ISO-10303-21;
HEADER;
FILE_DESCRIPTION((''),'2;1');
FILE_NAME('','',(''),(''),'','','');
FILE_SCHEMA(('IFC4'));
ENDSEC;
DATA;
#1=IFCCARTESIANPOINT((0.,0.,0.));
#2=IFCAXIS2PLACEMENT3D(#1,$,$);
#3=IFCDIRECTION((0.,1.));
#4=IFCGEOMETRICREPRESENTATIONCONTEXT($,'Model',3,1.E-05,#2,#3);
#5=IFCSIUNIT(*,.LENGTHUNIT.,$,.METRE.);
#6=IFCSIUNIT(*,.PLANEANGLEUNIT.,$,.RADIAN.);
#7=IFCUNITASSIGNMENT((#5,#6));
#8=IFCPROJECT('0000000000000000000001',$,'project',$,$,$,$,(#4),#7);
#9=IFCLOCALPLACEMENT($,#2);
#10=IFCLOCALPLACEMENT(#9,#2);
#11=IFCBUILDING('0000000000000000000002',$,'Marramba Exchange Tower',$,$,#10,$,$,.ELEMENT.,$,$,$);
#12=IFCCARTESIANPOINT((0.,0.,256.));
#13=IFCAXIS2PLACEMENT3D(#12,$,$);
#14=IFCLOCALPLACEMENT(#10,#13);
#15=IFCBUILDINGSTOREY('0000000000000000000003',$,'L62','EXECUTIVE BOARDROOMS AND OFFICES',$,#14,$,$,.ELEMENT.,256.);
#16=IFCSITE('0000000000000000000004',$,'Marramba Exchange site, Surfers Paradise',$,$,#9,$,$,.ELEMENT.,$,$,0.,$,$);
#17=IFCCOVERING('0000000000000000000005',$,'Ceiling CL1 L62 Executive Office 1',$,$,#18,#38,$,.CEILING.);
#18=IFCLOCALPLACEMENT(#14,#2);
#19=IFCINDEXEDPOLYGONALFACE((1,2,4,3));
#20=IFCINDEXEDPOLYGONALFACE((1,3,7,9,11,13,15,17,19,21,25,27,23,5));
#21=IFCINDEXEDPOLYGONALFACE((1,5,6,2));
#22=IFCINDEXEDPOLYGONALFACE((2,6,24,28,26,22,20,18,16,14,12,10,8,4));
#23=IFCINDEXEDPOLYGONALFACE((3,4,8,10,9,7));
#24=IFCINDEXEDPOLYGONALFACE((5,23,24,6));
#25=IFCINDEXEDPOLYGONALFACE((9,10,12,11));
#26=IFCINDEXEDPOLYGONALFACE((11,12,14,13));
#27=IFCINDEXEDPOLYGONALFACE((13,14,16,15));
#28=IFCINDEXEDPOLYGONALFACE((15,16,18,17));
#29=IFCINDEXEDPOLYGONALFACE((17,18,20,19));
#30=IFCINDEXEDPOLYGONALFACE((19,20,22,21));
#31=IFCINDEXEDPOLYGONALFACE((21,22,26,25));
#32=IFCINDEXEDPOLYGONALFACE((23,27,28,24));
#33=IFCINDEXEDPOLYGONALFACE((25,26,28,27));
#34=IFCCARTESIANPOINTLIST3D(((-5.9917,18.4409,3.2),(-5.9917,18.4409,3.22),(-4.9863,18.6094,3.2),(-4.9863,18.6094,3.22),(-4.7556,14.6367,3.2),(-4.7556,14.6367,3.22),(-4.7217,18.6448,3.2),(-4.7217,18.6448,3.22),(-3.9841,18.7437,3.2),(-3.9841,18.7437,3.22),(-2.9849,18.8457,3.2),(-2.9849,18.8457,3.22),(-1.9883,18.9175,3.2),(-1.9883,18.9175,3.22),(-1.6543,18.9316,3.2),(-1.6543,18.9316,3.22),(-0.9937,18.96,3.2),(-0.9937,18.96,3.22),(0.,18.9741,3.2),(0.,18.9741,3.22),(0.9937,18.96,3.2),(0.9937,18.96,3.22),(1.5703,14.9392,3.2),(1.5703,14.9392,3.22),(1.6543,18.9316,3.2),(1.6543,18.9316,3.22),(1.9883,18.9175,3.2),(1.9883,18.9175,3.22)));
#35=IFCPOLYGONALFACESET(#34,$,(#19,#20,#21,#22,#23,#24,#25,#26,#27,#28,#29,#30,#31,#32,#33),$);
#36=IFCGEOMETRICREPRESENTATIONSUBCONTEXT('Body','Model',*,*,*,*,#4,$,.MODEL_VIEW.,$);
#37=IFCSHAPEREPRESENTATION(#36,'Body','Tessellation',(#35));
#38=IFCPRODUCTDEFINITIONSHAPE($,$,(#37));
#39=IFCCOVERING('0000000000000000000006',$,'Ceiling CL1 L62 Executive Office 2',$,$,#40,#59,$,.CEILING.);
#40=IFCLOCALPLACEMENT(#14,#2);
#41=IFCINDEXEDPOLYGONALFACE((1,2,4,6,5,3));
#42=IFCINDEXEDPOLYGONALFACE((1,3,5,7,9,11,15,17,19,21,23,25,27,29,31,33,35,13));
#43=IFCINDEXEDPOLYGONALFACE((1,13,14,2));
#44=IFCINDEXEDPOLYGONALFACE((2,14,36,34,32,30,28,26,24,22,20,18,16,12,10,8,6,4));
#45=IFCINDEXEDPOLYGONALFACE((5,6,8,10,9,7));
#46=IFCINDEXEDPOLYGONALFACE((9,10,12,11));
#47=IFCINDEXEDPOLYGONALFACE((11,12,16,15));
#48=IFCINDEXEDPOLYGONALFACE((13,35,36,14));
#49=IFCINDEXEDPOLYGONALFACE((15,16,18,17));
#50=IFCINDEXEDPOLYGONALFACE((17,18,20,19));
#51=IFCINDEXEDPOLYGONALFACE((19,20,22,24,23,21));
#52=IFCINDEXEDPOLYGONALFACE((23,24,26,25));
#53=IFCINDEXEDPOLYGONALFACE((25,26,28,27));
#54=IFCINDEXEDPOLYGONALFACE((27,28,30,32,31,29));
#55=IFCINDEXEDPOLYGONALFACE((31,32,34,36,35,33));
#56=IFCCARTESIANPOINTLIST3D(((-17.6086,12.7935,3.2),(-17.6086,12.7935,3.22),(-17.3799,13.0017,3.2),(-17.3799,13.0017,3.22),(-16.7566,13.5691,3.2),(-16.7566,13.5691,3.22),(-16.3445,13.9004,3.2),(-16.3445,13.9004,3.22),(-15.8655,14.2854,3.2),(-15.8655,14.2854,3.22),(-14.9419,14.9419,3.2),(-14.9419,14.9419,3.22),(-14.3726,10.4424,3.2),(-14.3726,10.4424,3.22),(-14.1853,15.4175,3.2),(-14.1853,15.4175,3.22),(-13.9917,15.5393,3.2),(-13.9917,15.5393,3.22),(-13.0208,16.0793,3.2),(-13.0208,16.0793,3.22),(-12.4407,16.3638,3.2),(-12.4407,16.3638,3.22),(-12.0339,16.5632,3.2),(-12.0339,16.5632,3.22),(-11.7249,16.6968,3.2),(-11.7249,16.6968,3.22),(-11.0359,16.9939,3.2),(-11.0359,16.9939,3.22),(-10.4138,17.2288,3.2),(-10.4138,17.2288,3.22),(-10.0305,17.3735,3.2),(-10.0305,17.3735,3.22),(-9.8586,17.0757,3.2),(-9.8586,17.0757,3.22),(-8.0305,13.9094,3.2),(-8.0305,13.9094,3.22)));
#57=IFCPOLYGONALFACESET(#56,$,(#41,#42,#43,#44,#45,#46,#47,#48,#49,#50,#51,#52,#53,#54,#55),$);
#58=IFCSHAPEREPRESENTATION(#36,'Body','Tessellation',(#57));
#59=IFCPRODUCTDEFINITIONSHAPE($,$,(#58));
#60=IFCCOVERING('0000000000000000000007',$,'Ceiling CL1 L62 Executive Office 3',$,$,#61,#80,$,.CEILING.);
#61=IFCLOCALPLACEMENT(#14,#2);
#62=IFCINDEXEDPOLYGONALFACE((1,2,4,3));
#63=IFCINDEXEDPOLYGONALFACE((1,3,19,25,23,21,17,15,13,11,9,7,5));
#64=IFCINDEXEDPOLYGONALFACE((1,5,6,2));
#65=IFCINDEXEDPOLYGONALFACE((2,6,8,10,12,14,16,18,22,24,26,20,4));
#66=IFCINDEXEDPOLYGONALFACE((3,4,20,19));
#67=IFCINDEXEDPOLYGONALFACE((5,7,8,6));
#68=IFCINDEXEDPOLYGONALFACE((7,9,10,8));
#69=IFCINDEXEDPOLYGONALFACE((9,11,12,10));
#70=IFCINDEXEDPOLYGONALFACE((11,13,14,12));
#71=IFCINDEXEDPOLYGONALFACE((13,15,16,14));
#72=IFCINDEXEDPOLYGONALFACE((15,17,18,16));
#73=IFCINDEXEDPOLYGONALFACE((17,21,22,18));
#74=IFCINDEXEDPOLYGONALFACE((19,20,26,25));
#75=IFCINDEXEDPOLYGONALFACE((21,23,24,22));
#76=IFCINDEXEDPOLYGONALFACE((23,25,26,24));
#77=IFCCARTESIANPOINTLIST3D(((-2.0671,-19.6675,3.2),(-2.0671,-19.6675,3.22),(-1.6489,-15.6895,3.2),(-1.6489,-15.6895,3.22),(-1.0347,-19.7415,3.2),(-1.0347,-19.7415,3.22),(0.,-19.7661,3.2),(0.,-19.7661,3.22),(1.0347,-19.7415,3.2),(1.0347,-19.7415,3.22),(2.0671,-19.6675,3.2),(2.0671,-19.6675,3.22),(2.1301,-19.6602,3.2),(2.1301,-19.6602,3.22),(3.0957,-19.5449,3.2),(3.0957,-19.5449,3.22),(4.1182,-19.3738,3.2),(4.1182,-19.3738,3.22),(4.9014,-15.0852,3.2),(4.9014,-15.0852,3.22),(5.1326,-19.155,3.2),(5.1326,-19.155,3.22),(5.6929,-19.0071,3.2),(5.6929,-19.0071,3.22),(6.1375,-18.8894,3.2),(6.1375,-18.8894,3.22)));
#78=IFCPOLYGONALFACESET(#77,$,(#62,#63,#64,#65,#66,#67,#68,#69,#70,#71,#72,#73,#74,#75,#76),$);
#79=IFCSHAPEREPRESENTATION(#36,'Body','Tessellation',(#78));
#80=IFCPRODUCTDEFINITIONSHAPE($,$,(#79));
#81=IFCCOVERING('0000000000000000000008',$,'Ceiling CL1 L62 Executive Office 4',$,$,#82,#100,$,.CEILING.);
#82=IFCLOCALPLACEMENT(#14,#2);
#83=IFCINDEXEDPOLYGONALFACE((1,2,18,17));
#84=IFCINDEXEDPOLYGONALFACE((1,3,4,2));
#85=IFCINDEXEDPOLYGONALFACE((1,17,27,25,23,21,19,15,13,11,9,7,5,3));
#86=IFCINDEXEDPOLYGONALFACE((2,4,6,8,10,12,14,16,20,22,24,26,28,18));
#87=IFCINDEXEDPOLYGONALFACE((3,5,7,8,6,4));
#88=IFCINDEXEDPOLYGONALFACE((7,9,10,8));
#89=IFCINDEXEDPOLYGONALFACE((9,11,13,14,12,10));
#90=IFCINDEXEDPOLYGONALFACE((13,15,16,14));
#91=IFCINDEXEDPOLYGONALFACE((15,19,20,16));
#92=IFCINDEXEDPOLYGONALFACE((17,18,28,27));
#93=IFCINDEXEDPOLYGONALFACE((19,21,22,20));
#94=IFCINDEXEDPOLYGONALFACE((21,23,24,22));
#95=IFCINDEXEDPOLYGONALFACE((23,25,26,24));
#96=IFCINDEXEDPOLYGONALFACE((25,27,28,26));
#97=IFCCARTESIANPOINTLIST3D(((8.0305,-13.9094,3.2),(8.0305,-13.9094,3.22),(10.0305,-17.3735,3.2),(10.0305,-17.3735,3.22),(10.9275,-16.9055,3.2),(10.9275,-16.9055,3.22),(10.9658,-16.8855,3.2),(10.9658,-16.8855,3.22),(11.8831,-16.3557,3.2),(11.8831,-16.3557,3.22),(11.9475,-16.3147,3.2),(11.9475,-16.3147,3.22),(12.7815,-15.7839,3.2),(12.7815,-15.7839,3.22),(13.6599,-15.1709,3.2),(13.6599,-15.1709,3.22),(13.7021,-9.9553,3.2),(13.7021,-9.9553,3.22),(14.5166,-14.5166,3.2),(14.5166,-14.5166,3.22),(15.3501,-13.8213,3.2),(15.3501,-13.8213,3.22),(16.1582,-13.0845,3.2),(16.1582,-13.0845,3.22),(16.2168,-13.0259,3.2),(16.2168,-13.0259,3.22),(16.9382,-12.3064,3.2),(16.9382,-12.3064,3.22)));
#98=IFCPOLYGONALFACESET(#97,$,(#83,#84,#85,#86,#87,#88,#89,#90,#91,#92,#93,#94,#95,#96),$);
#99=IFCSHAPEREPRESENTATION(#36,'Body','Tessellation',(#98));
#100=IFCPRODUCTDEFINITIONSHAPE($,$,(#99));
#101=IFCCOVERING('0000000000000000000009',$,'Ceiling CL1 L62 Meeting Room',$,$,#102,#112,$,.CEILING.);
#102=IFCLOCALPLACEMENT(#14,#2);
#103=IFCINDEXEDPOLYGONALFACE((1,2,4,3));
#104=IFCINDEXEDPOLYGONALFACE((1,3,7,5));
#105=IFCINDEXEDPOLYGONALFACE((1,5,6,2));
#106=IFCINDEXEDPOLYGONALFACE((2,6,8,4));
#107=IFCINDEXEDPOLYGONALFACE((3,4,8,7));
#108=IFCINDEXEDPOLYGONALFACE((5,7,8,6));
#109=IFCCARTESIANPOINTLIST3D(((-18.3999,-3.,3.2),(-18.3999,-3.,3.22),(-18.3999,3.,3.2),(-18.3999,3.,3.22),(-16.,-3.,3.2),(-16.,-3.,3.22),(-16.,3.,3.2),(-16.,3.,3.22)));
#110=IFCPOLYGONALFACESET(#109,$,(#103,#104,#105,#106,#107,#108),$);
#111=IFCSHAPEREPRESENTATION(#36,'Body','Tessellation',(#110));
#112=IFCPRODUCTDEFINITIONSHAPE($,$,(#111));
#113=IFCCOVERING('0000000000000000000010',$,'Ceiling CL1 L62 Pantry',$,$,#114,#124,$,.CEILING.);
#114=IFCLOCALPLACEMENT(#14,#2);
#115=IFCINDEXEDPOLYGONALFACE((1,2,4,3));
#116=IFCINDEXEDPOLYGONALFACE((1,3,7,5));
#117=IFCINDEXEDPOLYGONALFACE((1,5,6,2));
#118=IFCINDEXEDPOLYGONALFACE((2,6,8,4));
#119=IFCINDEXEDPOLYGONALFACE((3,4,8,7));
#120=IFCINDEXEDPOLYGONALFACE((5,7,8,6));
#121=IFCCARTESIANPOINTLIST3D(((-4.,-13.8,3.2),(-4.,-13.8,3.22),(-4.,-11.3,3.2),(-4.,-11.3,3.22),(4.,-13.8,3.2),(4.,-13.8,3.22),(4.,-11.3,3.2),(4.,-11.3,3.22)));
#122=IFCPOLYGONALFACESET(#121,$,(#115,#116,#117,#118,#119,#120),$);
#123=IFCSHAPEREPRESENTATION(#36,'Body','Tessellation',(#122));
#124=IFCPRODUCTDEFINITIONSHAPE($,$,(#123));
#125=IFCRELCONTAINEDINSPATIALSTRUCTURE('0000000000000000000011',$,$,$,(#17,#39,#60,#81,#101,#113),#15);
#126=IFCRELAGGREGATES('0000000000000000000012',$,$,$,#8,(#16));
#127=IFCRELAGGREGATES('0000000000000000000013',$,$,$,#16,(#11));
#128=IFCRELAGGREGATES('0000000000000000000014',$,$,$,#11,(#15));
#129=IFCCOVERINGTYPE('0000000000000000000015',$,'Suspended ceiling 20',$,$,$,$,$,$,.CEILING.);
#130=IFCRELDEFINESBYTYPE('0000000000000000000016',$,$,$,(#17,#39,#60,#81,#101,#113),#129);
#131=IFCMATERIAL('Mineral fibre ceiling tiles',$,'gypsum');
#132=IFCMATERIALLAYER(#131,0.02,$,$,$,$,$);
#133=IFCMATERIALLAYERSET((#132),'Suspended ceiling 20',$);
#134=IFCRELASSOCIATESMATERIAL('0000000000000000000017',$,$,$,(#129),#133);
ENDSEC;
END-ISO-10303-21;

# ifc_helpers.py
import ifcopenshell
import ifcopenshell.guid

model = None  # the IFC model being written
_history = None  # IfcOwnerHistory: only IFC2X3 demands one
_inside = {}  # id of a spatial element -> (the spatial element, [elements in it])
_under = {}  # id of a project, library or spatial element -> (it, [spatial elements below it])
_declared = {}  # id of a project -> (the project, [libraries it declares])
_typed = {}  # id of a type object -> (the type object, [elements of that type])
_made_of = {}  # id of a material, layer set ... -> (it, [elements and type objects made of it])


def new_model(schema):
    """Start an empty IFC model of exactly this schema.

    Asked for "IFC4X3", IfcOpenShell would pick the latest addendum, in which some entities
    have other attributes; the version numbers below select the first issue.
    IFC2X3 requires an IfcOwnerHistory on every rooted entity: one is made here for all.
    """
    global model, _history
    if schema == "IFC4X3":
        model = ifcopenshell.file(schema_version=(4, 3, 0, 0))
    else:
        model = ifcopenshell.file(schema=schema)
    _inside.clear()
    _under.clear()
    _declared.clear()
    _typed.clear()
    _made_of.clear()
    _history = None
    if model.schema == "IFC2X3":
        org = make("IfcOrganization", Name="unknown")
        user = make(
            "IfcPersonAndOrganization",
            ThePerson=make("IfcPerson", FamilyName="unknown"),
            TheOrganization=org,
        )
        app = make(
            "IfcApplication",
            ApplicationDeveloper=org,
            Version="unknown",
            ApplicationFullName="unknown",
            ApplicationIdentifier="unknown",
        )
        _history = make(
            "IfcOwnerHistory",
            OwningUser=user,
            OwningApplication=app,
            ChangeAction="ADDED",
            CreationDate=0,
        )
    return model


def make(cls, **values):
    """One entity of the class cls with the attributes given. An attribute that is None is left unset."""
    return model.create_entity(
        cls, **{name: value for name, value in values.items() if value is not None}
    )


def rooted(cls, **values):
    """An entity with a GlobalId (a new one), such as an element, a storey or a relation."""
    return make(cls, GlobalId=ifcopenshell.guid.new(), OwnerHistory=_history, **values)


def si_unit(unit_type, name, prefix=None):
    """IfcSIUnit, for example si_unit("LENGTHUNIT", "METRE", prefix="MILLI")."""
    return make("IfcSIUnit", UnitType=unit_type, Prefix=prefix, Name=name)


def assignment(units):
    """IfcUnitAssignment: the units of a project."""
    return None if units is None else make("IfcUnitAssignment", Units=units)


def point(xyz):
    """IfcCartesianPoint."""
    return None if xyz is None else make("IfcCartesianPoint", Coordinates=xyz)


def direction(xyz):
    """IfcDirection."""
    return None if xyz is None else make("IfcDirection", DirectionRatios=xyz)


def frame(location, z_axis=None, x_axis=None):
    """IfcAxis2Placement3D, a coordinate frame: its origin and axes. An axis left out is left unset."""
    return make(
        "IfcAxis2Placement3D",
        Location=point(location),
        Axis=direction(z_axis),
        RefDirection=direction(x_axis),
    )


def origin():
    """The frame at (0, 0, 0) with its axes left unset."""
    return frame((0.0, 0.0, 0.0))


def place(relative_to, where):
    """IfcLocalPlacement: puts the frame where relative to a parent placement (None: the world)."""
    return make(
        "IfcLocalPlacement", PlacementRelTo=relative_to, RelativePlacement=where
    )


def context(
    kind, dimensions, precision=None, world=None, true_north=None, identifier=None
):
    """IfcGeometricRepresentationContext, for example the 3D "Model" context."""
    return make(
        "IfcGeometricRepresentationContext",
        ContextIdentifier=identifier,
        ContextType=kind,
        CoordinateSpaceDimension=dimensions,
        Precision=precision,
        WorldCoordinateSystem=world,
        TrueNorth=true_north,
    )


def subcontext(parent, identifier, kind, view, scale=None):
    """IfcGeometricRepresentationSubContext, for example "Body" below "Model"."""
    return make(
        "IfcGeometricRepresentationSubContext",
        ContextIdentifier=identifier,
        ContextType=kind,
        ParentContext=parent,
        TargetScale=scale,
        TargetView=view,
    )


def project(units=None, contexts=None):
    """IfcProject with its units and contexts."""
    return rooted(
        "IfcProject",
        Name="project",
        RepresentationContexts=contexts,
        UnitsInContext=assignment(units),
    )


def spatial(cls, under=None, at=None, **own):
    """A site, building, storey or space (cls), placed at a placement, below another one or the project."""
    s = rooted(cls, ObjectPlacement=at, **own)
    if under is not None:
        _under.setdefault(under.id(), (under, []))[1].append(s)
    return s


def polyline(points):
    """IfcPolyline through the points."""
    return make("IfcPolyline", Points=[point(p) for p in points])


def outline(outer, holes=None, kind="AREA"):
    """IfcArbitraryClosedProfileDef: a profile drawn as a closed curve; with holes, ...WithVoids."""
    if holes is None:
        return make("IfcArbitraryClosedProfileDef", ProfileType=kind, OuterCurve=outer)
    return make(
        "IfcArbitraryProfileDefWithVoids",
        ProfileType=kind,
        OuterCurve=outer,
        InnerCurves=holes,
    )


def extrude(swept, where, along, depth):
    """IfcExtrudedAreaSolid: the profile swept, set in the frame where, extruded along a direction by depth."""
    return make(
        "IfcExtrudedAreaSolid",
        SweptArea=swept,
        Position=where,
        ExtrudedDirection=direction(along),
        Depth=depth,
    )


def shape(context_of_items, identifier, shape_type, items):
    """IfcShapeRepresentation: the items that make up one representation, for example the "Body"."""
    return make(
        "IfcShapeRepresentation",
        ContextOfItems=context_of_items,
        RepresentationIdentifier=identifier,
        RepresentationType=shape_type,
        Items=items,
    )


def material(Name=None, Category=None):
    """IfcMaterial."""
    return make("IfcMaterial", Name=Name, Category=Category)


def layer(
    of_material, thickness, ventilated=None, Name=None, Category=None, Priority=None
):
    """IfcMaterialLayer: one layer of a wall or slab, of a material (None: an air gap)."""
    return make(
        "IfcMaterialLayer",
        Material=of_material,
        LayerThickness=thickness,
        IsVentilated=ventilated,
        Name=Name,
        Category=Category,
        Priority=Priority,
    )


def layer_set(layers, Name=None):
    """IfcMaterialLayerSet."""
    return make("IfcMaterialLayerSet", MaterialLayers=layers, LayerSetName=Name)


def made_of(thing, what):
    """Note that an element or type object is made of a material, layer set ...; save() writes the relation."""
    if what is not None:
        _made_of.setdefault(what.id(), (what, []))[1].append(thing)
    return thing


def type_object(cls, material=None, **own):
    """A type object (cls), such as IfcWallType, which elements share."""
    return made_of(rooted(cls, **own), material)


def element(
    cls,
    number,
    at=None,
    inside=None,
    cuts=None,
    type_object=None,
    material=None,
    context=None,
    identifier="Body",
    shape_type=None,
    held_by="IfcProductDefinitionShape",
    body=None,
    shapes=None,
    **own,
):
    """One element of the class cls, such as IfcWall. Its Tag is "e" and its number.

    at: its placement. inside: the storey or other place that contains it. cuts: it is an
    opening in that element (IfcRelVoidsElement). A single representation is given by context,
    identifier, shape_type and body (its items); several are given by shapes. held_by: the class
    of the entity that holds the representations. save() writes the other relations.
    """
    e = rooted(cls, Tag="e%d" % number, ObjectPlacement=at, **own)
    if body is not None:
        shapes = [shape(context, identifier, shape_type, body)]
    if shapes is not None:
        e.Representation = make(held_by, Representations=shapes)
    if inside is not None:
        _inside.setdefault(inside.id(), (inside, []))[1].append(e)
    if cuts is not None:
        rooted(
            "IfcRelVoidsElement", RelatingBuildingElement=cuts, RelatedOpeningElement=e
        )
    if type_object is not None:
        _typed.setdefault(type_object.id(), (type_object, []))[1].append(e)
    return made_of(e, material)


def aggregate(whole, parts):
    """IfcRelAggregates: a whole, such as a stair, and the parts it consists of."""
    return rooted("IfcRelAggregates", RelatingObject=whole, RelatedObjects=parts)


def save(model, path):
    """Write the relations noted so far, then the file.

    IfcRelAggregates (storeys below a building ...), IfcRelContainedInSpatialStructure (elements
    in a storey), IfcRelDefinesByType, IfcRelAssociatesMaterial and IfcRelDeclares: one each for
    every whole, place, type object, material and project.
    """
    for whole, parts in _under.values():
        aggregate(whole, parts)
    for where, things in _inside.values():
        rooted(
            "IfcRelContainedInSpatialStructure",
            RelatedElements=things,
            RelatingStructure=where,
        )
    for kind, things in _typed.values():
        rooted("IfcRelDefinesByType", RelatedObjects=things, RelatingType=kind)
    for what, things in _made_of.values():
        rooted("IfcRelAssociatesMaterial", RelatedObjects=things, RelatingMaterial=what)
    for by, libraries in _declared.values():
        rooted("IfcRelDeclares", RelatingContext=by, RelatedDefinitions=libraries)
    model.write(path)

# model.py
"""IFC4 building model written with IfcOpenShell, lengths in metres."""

from ifc_helpers import new_model, si_unit, direction, frame, origin, place, context, subcontext, project, spatial, polyline, outline, extrude, material, layer, layer_set, type_object, element, save


model = new_model("IFC4")

# Units and contexts
model_context = context("Model", 3, precision=1e-05, world=origin(), true_north=direction((0.0, 1.0)))
body_context = subcontext(model_context, "Body", "Model", "MODEL_VIEW")
ifc_project = project(units=[si_unit("LENGTHUNIT", "METRE"), si_unit("PLANEANGLEUNIT", "RADIAN")], contexts=[model_context])

# Site, building, storey
site_placement = place(None, origin())
site = spatial("IfcSite", under=ifc_project, at=site_placement, Name="Marramba Exchange site, Surfers Paradise", CompositionType="ELEMENT", RefElevation=0.0)
building_placement = place(site_placement, origin())
building = spatial("IfcBuilding", under=site, at=building_placement, Name="Marramba Exchange Tower", CompositionType="ELEMENT")
storey_placement = place(building_placement, frame((0.0, 0.0, 256.0)))
storey = spatial("IfcBuildingStorey", under=building, at=storey_placement, Name="L62", Description="EXECUTIVE BOARDROOMS AND OFFICES", CompositionType="ELEMENT", Elevation=256.0)

# Coverings
ifc_material_1 = material(Name="Mineral fibre ceiling tiles", Category="gypsum")
ifc_layer_1 = layer(ifc_material_1, 0.02)
ifc_layer_set_1 = layer_set([ifc_layer_1], Name="Suspended ceiling 20")
covering_type = type_object("IfcCoveringType", Name="Suspended ceiling 20", PredefinedType="CEILING", material=ifc_layer_set_1)
covering_1_placement = place(storey_placement, frame((0.0, 0.0, 3.2)))
element("IfcCovering", 1, at=covering_1_placement, inside=storey, type_object=covering_type, Name="Ceiling CL1 L62 Executive Office 1", PredefinedType="CEILING", context=body_context, shape_type="SweptSolid", body=[
    extrude(outline(polyline([(-4.9863, 18.6094), (-4.7217, 18.6448), (-3.9841, 18.7437), (-2.9849, 18.8457), (-1.9883, 18.9175), (-1.6543, 18.9316), (-0.9937, 18.96), (0.0, 18.9741), (0.9937, 18.96), (1.6543, 18.9316), (1.9883, 18.9175), (1.5703, 14.9392), (-4.7556, 14.6367), (-5.9917, 18.4409), (-4.9863, 18.6094)])), origin(), (0.0, 0.0, 1.0), 0.02),
])
covering_2_placement = place(storey_placement, frame((0.0, 0.0, 3.2)))
element("IfcCovering", 2, at=covering_2_placement, inside=storey, type_object=covering_type, Name="Ceiling CL1 L62 Executive Office 2", PredefinedType="CEILING", context=body_context, shape_type="SweptSolid", body=[
    extrude(outline(polyline([(-17.3799, 13.0017), (-16.7566, 13.5691), (-16.3445, 13.9004), (-15.8655, 14.2854), (-14.9419, 14.9419), (-14.1853, 15.4175), (-13.9917, 15.5393), (-13.0208, 16.0793), (-12.4407, 16.3638), (-12.0339, 16.5632), (-11.7249, 16.6968), (-11.0359, 16.9939), (-10.4138, 17.2288), (-10.0305, 17.3735), (-9.8586, 17.0757), (-8.0305, 13.9094), (-14.3726, 10.4424), (-17.6086, 12.7935), (-17.3799, 13.0017)])), origin(), (0.0, 0.0, 1.0), 0.02),
])
covering_3_placement = place(storey_placement, frame((0.0, 0.0, 3.2)))
element("IfcCovering", 3, at=covering_3_placement, inside=storey, type_object=covering_type, Name="Ceiling CL1 L62 Executive Office 3", PredefinedType="CEILING", context=body_context, shape_type="SweptSolid", body=[
    extrude(outline(polyline([(5.1326, -19.155), (4.1182, -19.3738), (3.0957, -19.5449), (2.1301, -19.6602), (2.0671, -19.6675), (1.0347, -19.7415), (0.0, -19.7661), (-1.0347, -19.7415), (-2.0671, -19.6675), (-1.6489, -15.6895), (4.9014, -15.0852), (6.1375, -18.8894), (5.6929, -19.0071), (5.1326, -19.155)])), origin(), (0.0, 0.0, 1.0), 0.02),
])
covering_4_placement = place(storey_placement, frame((0.0, 0.0, 3.2)))
element("IfcCovering", 4, at=covering_4_placement, inside=storey, type_object=covering_type, Name="Ceiling CL1 L62 Executive Office 4", PredefinedType="CEILING", context=body_context, shape_type="SweptSolid", body=[
    extrude(outline(polyline([(16.2168, -13.0259), (16.1582, -13.0845), (15.3501, -13.8213), (14.5166, -14.5166), (13.6599, -15.1709), (12.7815, -15.7839), (11.9475, -16.3147), (11.8831, -16.3557), (10.9658, -16.8855), (10.9275, -16.9055), (10.0305, -17.3735), (8.0305, -13.9094), (13.7021, -9.9553), (16.9382, -12.3064), (16.2168, -13.0259)])), origin(), (0.0, 0.0, 1.0), 0.02),
])
covering_5_placement = place(storey_placement, frame((0.0, 0.0, 3.2)))
element("IfcCovering", 5, at=covering_5_placement, inside=storey, type_object=covering_type, Name="Ceiling CL1 L62 Meeting Room", PredefinedType="CEILING", context=body_context, shape_type="SweptSolid", body=[
    extrude(outline(polyline([(-16.0, -3.0), (-18.3999, -3.0), (-18.3999, 3.0), (-16.0, 3.0), (-16.0, -3.0)])), origin(), (0.0, 0.0, 1.0), 0.02),
])
covering_6_placement = place(storey_placement, frame((0.0, 0.0, 3.2)))
element("IfcCovering", 6, at=covering_6_placement, inside=storey, type_object=covering_type, Name="Ceiling CL1 L62 Pantry", PredefinedType="CEILING", context=body_context, shape_type="SweptSolid", body=[
    extrude(outline(polyline([(4.0, -11.3), (4.0, -13.8), (-4.0, -13.8), (-4.0, -11.3), (4.0, -11.3)])), origin(), (0.0, 0.0, 1.0), 0.02),
])

save(model, "model.ifc")
